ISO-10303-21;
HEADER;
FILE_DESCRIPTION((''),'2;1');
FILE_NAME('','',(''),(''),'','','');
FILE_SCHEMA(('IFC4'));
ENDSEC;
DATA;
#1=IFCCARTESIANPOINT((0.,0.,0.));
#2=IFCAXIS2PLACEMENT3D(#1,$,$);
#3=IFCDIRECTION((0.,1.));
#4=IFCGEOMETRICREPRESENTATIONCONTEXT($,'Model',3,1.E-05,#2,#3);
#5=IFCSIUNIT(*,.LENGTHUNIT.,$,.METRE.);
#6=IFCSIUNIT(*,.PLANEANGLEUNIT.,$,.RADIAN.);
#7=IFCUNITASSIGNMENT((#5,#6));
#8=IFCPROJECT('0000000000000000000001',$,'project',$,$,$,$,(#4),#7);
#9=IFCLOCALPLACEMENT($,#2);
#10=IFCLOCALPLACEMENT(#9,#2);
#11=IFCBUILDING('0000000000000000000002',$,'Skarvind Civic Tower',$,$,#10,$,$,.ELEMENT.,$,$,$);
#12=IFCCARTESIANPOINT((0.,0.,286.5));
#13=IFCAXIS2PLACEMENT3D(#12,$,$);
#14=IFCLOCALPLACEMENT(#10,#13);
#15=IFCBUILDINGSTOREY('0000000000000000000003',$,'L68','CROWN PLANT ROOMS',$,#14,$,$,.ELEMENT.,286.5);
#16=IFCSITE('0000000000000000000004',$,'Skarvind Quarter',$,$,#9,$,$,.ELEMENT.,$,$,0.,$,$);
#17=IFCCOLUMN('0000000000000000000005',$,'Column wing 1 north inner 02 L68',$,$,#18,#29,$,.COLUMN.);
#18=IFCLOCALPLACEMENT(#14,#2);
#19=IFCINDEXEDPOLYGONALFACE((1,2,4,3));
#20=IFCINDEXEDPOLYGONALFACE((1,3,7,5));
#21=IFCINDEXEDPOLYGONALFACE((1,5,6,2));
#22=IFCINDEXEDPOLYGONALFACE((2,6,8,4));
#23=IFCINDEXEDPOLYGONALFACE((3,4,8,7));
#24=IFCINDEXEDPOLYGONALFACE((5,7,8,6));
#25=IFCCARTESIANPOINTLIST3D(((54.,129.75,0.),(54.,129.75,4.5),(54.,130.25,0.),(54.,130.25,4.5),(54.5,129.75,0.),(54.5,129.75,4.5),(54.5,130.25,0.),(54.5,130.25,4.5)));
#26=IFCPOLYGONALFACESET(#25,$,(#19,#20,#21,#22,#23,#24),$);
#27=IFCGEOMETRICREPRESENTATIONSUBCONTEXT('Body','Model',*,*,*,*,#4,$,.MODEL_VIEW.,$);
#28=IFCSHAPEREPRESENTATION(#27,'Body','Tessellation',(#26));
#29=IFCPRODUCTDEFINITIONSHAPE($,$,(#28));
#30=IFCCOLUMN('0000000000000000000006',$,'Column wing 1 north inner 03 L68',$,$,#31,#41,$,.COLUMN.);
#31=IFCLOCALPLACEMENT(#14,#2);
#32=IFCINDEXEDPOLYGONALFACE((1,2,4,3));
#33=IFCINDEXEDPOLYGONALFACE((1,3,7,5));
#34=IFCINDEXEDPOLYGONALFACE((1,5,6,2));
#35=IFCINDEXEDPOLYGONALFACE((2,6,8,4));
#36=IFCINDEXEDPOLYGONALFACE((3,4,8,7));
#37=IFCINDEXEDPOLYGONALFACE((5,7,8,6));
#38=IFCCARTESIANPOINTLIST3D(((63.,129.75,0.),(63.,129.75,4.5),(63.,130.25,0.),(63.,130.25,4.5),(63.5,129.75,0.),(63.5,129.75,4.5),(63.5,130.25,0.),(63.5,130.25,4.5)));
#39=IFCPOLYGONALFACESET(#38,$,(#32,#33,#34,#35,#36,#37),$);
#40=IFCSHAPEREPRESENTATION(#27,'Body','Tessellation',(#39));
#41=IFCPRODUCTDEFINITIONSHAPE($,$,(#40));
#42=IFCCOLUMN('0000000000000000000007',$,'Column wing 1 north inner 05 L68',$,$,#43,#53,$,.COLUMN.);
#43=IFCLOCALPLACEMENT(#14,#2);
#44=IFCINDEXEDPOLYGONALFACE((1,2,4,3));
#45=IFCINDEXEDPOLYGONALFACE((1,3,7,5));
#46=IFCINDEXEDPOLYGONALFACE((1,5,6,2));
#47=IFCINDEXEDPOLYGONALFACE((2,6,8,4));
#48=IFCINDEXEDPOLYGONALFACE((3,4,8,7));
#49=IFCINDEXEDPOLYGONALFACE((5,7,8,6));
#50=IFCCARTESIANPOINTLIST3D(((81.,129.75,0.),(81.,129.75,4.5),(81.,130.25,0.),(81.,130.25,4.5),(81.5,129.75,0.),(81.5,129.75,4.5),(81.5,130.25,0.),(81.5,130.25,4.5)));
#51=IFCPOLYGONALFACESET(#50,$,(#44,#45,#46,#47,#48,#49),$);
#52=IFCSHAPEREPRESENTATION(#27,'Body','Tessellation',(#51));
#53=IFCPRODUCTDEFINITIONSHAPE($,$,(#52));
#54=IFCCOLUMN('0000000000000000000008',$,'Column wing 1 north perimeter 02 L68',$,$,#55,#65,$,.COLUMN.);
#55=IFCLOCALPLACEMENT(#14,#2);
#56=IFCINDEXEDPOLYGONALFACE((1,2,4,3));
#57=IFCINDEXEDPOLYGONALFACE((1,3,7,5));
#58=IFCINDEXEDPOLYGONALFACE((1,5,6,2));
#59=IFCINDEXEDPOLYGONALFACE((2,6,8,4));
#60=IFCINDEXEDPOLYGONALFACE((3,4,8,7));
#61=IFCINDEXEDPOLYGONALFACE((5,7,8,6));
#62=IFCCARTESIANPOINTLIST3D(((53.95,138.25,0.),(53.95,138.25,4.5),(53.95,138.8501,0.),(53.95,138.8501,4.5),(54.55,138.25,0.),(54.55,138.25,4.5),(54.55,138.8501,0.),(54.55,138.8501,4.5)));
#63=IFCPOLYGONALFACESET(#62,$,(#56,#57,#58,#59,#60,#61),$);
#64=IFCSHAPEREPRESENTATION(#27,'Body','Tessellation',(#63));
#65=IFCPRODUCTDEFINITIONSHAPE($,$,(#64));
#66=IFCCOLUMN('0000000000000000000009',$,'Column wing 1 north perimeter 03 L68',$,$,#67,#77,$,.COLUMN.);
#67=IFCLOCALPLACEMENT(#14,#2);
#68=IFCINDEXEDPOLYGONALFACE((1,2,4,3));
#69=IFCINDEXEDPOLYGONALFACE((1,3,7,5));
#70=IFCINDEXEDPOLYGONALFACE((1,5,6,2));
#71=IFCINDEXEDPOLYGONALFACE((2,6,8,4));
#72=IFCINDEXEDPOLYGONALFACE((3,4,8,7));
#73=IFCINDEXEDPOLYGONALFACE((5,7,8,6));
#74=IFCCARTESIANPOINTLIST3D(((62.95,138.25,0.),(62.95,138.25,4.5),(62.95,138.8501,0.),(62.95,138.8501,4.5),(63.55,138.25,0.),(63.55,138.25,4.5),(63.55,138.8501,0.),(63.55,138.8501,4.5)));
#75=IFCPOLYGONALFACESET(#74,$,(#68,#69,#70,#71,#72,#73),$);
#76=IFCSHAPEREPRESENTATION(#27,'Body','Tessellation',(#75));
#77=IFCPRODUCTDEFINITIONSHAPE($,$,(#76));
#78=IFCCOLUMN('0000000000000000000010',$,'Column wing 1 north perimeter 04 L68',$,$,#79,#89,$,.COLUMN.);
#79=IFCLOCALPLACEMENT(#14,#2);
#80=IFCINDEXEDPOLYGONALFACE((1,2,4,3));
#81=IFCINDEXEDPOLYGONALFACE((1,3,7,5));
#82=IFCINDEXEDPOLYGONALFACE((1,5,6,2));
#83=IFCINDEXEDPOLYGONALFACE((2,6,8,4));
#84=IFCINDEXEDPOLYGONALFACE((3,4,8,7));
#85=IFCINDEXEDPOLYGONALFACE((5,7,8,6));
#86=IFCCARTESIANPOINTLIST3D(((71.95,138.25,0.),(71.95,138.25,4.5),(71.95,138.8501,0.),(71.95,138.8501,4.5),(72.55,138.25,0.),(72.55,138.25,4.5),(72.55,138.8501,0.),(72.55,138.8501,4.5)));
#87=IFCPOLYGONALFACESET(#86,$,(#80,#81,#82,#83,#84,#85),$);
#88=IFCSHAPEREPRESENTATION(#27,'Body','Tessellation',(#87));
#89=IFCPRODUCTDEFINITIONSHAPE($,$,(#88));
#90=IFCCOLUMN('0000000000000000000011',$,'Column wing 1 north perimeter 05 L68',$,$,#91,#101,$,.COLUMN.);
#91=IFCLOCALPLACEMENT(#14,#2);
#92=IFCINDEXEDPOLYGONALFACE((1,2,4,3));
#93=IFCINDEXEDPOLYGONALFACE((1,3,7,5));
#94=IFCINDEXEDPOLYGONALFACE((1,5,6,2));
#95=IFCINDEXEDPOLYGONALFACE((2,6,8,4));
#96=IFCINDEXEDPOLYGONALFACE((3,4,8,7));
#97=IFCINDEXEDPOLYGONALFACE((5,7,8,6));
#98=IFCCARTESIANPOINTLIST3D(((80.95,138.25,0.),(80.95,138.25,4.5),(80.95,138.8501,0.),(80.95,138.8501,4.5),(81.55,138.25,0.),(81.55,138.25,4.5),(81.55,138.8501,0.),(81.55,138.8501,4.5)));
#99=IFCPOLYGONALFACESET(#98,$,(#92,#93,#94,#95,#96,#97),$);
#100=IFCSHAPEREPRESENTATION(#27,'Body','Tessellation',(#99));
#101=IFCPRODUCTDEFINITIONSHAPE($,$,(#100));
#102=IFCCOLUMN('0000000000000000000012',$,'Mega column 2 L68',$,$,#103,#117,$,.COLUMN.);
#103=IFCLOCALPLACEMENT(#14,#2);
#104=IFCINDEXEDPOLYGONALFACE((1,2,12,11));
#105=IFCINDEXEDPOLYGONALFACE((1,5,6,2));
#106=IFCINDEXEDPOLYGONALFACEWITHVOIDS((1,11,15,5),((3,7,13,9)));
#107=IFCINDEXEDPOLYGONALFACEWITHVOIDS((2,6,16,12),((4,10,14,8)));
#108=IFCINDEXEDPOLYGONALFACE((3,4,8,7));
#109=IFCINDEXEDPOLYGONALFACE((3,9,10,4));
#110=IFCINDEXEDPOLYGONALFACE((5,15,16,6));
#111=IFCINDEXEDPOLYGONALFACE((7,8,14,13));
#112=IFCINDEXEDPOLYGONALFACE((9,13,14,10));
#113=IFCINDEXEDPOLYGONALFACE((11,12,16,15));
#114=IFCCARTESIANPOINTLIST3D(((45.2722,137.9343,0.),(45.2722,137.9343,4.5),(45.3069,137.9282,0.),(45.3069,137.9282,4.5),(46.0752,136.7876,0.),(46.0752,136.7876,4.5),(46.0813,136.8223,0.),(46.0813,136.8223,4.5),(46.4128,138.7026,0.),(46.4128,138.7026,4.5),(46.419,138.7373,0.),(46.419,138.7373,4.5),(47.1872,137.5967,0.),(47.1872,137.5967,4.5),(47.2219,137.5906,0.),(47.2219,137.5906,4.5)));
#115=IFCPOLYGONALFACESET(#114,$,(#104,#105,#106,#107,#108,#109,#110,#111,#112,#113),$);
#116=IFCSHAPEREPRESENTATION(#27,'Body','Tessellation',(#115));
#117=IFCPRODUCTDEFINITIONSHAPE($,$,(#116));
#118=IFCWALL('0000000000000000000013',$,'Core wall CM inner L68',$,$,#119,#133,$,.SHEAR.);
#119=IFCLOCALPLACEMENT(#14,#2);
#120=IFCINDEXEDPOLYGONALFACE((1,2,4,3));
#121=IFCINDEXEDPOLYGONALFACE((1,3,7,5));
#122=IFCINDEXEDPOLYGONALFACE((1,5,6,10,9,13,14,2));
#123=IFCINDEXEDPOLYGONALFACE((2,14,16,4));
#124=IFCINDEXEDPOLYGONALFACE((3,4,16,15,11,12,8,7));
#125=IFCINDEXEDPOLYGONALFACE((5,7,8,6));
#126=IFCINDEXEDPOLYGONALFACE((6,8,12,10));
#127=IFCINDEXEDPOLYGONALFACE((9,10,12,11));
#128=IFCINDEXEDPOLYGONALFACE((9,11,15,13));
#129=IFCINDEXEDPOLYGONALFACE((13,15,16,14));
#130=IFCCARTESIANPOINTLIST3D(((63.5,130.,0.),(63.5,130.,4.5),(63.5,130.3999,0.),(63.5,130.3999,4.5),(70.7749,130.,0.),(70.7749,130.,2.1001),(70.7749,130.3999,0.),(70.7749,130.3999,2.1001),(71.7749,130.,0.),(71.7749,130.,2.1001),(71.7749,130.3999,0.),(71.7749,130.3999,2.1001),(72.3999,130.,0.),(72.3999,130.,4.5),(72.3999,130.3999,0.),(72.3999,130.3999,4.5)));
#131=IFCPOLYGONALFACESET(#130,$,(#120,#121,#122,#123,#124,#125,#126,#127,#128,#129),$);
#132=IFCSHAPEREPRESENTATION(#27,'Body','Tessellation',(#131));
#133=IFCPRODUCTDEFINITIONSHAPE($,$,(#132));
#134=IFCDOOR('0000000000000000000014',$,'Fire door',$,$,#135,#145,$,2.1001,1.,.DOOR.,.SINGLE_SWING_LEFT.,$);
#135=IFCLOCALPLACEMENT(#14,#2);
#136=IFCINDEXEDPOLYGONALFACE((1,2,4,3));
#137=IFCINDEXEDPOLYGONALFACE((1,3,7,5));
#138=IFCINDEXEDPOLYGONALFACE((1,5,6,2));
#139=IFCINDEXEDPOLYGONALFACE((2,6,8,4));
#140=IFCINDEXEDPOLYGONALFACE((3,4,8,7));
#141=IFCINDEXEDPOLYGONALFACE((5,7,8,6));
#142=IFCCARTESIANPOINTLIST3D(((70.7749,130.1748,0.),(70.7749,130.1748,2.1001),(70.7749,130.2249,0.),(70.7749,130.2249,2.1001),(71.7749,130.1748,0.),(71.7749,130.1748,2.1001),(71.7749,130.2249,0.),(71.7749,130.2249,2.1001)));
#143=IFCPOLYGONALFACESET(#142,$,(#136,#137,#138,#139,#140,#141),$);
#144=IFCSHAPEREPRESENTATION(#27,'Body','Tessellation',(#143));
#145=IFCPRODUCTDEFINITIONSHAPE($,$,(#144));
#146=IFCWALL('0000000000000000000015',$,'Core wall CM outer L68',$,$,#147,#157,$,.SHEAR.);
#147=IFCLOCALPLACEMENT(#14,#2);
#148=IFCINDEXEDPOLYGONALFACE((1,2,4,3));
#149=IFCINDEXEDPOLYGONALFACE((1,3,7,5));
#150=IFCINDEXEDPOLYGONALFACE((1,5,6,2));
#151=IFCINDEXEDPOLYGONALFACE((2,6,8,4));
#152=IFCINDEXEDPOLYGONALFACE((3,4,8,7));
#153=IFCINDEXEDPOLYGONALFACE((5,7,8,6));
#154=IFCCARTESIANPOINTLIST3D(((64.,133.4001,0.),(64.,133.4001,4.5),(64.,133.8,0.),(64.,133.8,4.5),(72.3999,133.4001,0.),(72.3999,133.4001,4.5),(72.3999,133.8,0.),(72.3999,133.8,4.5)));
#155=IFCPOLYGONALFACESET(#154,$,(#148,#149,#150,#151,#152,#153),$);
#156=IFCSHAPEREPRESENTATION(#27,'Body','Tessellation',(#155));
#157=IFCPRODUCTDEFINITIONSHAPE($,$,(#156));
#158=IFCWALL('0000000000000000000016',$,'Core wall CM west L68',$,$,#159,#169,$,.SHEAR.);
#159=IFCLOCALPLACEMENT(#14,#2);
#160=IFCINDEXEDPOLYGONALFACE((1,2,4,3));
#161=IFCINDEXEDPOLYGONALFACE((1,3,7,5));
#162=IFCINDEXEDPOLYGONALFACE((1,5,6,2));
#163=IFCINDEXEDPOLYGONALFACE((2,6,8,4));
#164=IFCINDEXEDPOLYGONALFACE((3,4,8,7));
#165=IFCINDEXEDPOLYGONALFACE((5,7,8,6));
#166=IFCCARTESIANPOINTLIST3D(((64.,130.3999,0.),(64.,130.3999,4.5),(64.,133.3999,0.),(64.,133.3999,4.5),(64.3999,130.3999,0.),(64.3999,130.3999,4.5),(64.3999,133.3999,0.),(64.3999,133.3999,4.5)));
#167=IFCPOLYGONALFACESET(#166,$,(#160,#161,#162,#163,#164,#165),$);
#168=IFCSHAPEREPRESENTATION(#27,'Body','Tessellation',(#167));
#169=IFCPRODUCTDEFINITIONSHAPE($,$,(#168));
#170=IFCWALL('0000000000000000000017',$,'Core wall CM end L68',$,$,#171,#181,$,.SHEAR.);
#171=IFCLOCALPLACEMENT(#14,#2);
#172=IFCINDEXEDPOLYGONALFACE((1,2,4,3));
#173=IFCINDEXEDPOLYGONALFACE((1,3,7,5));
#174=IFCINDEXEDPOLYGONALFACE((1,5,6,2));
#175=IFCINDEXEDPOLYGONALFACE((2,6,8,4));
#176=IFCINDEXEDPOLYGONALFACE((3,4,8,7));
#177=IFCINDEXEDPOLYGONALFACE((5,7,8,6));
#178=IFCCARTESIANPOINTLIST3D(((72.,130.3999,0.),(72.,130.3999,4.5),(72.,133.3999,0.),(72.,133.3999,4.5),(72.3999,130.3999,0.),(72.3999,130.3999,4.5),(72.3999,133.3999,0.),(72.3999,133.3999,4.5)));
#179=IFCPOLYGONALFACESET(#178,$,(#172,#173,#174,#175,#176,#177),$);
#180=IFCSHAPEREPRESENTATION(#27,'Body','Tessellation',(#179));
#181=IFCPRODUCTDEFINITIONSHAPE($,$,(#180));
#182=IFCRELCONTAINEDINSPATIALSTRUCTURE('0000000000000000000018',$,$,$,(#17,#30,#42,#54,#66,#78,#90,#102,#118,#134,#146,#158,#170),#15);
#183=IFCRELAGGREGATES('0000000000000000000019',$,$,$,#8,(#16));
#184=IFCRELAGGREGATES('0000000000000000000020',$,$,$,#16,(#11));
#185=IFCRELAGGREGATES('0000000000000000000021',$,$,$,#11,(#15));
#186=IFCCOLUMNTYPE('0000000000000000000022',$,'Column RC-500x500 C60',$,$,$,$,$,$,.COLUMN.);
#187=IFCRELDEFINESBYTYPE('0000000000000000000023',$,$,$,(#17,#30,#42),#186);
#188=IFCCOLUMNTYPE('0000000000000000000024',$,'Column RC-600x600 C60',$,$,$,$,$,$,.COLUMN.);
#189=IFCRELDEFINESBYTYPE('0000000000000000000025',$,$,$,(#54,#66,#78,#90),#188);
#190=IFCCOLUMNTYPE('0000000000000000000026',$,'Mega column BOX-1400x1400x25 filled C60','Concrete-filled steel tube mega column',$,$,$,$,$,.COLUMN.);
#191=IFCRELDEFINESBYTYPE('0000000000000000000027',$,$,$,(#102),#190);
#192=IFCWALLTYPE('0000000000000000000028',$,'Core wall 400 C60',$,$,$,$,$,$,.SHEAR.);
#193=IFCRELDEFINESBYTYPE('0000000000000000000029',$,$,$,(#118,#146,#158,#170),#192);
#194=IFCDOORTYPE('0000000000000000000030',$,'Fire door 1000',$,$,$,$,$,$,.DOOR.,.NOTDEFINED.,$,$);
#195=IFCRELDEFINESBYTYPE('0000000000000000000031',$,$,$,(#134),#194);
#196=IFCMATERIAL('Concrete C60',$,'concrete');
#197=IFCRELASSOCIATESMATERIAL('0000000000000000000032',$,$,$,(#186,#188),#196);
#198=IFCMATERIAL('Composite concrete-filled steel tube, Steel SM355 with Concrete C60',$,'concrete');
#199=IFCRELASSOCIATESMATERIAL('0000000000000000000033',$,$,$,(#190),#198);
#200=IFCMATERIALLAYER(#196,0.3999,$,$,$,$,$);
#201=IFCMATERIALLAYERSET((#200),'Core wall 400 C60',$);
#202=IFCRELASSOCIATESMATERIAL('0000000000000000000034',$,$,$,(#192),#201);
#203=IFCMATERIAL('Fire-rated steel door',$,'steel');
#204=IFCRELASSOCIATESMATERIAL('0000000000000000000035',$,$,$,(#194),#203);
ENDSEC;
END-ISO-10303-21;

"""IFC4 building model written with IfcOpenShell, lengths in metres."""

from ifc_helpers import new_model, si_unit, direction, frame, frame_2d, origin, origin_2d, place, context, subcontext, project, spatial, rectangle, hollow_rectangle, extrude, material, layer, layer_set, material_profile, profile_set, type_object, element, fill, save


model = new_model("IFC4")

# Units and contexts
model_context = context("Model", 3, precision=1e-05, world=origin(), true_north=direction((0.0, 1.0)))
body_context = subcontext(model_context, "Body", "Model", "MODEL_VIEW")
ifc_project = project(units=[si_unit("LENGTHUNIT", "METRE"), si_unit("PLANEANGLEUNIT", "RADIAN")], contexts=[model_context])

# Site, building, storey
site_placement = place(None, origin())
site = spatial("IfcSite", under=ifc_project, at=site_placement, Name="Skarvind Quarter", CompositionType="ELEMENT", RefElevation=0.0)
building_placement = place(site_placement, origin())
building = spatial("IfcBuilding", under=site, at=building_placement, Name="Skarvind Civic Tower", CompositionType="ELEMENT")
storey_placement = place(building_placement, frame((0.0, 0.0, 286.5)))
storey = spatial("IfcBuildingStorey", under=building, at=storey_placement, Name="L68", Description="CROWN PLANT ROOMS", CompositionType="ELEMENT", Elevation=286.5)

# Columns
ifc_material_1 = material(Name="Concrete C60", Category="concrete")
ifc_material_profile_1 = material_profile(ifc_material_1, rectangle(XDim=0.5, YDim=0.5, at=origin_2d()), Name="RC-500x500")
ifc_profile_set_1 = profile_set([ifc_material_profile_1], Name="Concrete C60")
column_type_1 = type_object("IfcColumnType", Name="Column RC-500x500 C60", PredefinedType="COLUMN", material=ifc_profile_set_1)
for number, where, z_axis, x_axis, name in (
    (1, (54.25, 130.0, 0.0), (0.0, 0.0, 1.0), (1.0, 0.0, 0.0), "Column wing 1 north inner 02 L68"),
    (2, (63.25, 130.0, 0.0), (0.0, 0.0, 1.0), (1.0, 0.0, 0.0), "Column wing 1 north inner 03 L68"),
    (3, (81.25, 130.0, 0.0), (0.0, 0.0, 1.0), (1.0, 0.0, 0.0), "Column wing 1 north inner 05 L68"),
):
    element("IfcColumn", number, at=place(storey_placement, frame(where, z_axis=z_axis, x_axis=x_axis)), inside=storey, type_object=column_type_1, Name=name, PredefinedType="COLUMN", context=body_context, shape_type="SweptSolid", body=[
        extrude(rectangle(XDim=0.5, YDim=0.5, at=origin_2d()), origin(), (0.0, 0.0, 1.0), 4.5),
    ])
ifc_material_profile_2 = material_profile(ifc_material_1, rectangle(XDim=0.6001, YDim=0.6001, at=origin_2d()), Name="RC-600x600")
ifc_profile_set_2 = profile_set([ifc_material_profile_2], Name="Concrete C60")
column_type_2 = type_object("IfcColumnType", Name="Column RC-600x600 C60", PredefinedType="COLUMN", material=ifc_profile_set_2)
for number, where, z_axis, x_axis, name in (
    (4, (54.25, 138.55, 0.0), (0.0, 0.0, 1.0), (1.0, 0.0, 0.0), "Column wing 1 north perimeter 02 L68"),
    (5, (63.25, 138.55, 0.0), (0.0, 0.0, 1.0), (1.0, 0.0, 0.0), "Column wing 1 north perimeter 03 L68"),
    (6, (72.25, 138.55, 0.0), (0.0, 0.0, 1.0), (1.0, 0.0, 0.0), "Column wing 1 north perimeter 04 L68"),
    (7, (81.25, 138.55, 0.0), (0.0, 0.0, 1.0), (1.0, 0.0, 0.0), "Column wing 1 north perimeter 05 L68"),
):
    element("IfcColumn", number, at=place(storey_placement, frame(where, z_axis=z_axis, x_axis=x_axis)), inside=storey, type_object=column_type_2, Name=name, PredefinedType="COLUMN", context=body_context, shape_type="SweptSolid", body=[
        extrude(rectangle(XDim=0.6001, YDim=0.6001, at=origin_2d()), origin(), (0.0, 0.0, 1.0), 4.5),
    ])
ifc_material_2 = material(Name="Composite concrete-filled steel tube, Steel SM355 with Concrete C60", Category="concrete")
ifc_material_profile_3 = material_profile(ifc_material_2, hollow_rectangle(XDim=1.3999, YDim=1.3999, WallThickness=0.0249, at=origin_2d()), Name="BOX-1400x1400x25")
ifc_profile_set_3 = profile_set([ifc_material_profile_3], Name="Composite concrete-filled steel tube, Steel SM355 with Concrete C60")
column_type_3 = type_object("IfcColumnType", Name="Mega column BOX-1400x1400x25 filled C60", Description="Concrete-filled steel tube mega column", PredefinedType="COLUMN", material=ifc_profile_set_3)
column_placement = place(storey_placement, frame((46.2471, 137.7625, 0.0), z_axis=(0.0, 0.0, 1.0), x_axis=(0.573576, -0.819152, 0.0)))
element("IfcColumn", 8, at=column_placement, inside=storey, type_object=column_type_3, Name="Mega column 2 L68", PredefinedType="COLUMN", context=body_context, shape_type="SweptSolid", body=[
    extrude(hollow_rectangle(XDim=1.3999, YDim=1.3999, WallThickness=0.0249, at=origin_2d()), origin(), (0.0, 0.0, 1.0), 4.5),
])

# Wall, opening, door
ifc_layer_1 = layer(ifc_material_1, 0.3999)
ifc_layer_set_1 = layer_set([ifc_layer_1], Name="Core wall 400 C60")
wall_type_1 = type_object("IfcWallType", Name="Core wall 400 C60", PredefinedType="SHEAR", material=ifc_layer_set_1)
wall_1_placement = place(storey_placement, frame((63.5, 130.2, 0.0), z_axis=(0.0, 0.0, 1.0), x_axis=(1.0, 0.0, 0.0)))
wall_1 = element("IfcWall", 9, at=wall_1_placement, inside=storey, type_object=wall_type_1, Name="Core wall CM inner L68", PredefinedType="SHEAR", context=body_context, shape_type="SweptSolid", body=[
    extrude(rectangle(XDim=8.8999, YDim=0.3999, at=frame_2d((4.45, 0.0))), origin(), (0.0, 0.0, 1.0), 4.5),
])
opening_1_placement = place(wall_1_placement, frame((7.2749, 0.0, 0.0)))
opening_1 = element("IfcOpeningElement", 10, at=opening_1_placement, cuts=wall_1, PredefinedType="OPENING", context=body_context, shape_type="SweptSolid", body=[
    extrude(rectangle(XDim=1.0, YDim=2.1001, at=frame_2d((0.5, 1.05))), frame((0.0, 0.21, 0.0), z_axis=(0.0, -1.0, 0.0), x_axis=(1.0, 0.0, 0.0)), (0.0, 0.0, 1.0), 0.4199),
])
ifc_material_3 = material(Name="Fire-rated steel door", Category="steel")
door_type_1 = type_object("IfcDoorType", Name="Fire door 1000", OperationType="NOTDEFINED", PredefinedType="DOOR", material=ifc_material_3)
door_1_placement = place(opening_1_placement, origin())
door_1 = element("IfcDoor", 11, at=door_1_placement, inside=storey, type_object=door_type_1, Name="Fire door", OperationType="SINGLE_SWING_LEFT", OverallHeight=2.1001, OverallWidth=1.0, PredefinedType="DOOR", context=body_context, shape_type="SweptSolid", body=[
    extrude(rectangle(XDim=1.0, YDim=2.1001, at=frame_2d((0.5, 1.05))), frame((0.0, 0.0249, 0.0), z_axis=(0.0, -1.0, 0.0), x_axis=(1.0, 0.0, 0.0)), (0.0, 0.0, 1.0), 0.05),
])
fill(opening_1, door_1)

# Walls
wall_2_placement = place(storey_placement, frame((64.0, 133.6001, 0.0), z_axis=(0.0, 0.0, 1.0), x_axis=(1.0, 0.0, 0.0)))
element("IfcWall", 12, at=wall_2_placement, inside=storey, type_object=wall_type_1, Name="Core wall CM outer L68", PredefinedType="SHEAR", context=body_context, shape_type="SweptSolid", body=[
    extrude(rectangle(XDim=8.3999, YDim=0.3999, at=frame_2d((4.2, 0.0))), origin(), (0.0, 0.0, 1.0), 4.5),
])
for number, where, z_axis, x_axis, name in (
    (13, (64.2, 130.3999, 0.0), (0.0, 0.0, 1.0), (0.0, 1.0, 0.0), "Core wall CM west L68"),
    (14, (72.2, 130.3999, 0.0), (0.0, 0.0, 1.0), (0.0, 1.0, 0.0), "Core wall CM end L68"),
):
    element("IfcWall", number, at=place(storey_placement, frame(where, z_axis=z_axis, x_axis=x_axis)), inside=storey, type_object=wall_type_1, Name=name, PredefinedType="SHEAR", context=body_context, shape_type="SweptSolid", body=[
        extrude(rectangle(XDim=3.0, YDim=0.3999, at=frame_2d((1.5, 0.0))), origin(), (0.0, 0.0, 1.0), 4.5),
    ])

save(model, "model.ifc")
